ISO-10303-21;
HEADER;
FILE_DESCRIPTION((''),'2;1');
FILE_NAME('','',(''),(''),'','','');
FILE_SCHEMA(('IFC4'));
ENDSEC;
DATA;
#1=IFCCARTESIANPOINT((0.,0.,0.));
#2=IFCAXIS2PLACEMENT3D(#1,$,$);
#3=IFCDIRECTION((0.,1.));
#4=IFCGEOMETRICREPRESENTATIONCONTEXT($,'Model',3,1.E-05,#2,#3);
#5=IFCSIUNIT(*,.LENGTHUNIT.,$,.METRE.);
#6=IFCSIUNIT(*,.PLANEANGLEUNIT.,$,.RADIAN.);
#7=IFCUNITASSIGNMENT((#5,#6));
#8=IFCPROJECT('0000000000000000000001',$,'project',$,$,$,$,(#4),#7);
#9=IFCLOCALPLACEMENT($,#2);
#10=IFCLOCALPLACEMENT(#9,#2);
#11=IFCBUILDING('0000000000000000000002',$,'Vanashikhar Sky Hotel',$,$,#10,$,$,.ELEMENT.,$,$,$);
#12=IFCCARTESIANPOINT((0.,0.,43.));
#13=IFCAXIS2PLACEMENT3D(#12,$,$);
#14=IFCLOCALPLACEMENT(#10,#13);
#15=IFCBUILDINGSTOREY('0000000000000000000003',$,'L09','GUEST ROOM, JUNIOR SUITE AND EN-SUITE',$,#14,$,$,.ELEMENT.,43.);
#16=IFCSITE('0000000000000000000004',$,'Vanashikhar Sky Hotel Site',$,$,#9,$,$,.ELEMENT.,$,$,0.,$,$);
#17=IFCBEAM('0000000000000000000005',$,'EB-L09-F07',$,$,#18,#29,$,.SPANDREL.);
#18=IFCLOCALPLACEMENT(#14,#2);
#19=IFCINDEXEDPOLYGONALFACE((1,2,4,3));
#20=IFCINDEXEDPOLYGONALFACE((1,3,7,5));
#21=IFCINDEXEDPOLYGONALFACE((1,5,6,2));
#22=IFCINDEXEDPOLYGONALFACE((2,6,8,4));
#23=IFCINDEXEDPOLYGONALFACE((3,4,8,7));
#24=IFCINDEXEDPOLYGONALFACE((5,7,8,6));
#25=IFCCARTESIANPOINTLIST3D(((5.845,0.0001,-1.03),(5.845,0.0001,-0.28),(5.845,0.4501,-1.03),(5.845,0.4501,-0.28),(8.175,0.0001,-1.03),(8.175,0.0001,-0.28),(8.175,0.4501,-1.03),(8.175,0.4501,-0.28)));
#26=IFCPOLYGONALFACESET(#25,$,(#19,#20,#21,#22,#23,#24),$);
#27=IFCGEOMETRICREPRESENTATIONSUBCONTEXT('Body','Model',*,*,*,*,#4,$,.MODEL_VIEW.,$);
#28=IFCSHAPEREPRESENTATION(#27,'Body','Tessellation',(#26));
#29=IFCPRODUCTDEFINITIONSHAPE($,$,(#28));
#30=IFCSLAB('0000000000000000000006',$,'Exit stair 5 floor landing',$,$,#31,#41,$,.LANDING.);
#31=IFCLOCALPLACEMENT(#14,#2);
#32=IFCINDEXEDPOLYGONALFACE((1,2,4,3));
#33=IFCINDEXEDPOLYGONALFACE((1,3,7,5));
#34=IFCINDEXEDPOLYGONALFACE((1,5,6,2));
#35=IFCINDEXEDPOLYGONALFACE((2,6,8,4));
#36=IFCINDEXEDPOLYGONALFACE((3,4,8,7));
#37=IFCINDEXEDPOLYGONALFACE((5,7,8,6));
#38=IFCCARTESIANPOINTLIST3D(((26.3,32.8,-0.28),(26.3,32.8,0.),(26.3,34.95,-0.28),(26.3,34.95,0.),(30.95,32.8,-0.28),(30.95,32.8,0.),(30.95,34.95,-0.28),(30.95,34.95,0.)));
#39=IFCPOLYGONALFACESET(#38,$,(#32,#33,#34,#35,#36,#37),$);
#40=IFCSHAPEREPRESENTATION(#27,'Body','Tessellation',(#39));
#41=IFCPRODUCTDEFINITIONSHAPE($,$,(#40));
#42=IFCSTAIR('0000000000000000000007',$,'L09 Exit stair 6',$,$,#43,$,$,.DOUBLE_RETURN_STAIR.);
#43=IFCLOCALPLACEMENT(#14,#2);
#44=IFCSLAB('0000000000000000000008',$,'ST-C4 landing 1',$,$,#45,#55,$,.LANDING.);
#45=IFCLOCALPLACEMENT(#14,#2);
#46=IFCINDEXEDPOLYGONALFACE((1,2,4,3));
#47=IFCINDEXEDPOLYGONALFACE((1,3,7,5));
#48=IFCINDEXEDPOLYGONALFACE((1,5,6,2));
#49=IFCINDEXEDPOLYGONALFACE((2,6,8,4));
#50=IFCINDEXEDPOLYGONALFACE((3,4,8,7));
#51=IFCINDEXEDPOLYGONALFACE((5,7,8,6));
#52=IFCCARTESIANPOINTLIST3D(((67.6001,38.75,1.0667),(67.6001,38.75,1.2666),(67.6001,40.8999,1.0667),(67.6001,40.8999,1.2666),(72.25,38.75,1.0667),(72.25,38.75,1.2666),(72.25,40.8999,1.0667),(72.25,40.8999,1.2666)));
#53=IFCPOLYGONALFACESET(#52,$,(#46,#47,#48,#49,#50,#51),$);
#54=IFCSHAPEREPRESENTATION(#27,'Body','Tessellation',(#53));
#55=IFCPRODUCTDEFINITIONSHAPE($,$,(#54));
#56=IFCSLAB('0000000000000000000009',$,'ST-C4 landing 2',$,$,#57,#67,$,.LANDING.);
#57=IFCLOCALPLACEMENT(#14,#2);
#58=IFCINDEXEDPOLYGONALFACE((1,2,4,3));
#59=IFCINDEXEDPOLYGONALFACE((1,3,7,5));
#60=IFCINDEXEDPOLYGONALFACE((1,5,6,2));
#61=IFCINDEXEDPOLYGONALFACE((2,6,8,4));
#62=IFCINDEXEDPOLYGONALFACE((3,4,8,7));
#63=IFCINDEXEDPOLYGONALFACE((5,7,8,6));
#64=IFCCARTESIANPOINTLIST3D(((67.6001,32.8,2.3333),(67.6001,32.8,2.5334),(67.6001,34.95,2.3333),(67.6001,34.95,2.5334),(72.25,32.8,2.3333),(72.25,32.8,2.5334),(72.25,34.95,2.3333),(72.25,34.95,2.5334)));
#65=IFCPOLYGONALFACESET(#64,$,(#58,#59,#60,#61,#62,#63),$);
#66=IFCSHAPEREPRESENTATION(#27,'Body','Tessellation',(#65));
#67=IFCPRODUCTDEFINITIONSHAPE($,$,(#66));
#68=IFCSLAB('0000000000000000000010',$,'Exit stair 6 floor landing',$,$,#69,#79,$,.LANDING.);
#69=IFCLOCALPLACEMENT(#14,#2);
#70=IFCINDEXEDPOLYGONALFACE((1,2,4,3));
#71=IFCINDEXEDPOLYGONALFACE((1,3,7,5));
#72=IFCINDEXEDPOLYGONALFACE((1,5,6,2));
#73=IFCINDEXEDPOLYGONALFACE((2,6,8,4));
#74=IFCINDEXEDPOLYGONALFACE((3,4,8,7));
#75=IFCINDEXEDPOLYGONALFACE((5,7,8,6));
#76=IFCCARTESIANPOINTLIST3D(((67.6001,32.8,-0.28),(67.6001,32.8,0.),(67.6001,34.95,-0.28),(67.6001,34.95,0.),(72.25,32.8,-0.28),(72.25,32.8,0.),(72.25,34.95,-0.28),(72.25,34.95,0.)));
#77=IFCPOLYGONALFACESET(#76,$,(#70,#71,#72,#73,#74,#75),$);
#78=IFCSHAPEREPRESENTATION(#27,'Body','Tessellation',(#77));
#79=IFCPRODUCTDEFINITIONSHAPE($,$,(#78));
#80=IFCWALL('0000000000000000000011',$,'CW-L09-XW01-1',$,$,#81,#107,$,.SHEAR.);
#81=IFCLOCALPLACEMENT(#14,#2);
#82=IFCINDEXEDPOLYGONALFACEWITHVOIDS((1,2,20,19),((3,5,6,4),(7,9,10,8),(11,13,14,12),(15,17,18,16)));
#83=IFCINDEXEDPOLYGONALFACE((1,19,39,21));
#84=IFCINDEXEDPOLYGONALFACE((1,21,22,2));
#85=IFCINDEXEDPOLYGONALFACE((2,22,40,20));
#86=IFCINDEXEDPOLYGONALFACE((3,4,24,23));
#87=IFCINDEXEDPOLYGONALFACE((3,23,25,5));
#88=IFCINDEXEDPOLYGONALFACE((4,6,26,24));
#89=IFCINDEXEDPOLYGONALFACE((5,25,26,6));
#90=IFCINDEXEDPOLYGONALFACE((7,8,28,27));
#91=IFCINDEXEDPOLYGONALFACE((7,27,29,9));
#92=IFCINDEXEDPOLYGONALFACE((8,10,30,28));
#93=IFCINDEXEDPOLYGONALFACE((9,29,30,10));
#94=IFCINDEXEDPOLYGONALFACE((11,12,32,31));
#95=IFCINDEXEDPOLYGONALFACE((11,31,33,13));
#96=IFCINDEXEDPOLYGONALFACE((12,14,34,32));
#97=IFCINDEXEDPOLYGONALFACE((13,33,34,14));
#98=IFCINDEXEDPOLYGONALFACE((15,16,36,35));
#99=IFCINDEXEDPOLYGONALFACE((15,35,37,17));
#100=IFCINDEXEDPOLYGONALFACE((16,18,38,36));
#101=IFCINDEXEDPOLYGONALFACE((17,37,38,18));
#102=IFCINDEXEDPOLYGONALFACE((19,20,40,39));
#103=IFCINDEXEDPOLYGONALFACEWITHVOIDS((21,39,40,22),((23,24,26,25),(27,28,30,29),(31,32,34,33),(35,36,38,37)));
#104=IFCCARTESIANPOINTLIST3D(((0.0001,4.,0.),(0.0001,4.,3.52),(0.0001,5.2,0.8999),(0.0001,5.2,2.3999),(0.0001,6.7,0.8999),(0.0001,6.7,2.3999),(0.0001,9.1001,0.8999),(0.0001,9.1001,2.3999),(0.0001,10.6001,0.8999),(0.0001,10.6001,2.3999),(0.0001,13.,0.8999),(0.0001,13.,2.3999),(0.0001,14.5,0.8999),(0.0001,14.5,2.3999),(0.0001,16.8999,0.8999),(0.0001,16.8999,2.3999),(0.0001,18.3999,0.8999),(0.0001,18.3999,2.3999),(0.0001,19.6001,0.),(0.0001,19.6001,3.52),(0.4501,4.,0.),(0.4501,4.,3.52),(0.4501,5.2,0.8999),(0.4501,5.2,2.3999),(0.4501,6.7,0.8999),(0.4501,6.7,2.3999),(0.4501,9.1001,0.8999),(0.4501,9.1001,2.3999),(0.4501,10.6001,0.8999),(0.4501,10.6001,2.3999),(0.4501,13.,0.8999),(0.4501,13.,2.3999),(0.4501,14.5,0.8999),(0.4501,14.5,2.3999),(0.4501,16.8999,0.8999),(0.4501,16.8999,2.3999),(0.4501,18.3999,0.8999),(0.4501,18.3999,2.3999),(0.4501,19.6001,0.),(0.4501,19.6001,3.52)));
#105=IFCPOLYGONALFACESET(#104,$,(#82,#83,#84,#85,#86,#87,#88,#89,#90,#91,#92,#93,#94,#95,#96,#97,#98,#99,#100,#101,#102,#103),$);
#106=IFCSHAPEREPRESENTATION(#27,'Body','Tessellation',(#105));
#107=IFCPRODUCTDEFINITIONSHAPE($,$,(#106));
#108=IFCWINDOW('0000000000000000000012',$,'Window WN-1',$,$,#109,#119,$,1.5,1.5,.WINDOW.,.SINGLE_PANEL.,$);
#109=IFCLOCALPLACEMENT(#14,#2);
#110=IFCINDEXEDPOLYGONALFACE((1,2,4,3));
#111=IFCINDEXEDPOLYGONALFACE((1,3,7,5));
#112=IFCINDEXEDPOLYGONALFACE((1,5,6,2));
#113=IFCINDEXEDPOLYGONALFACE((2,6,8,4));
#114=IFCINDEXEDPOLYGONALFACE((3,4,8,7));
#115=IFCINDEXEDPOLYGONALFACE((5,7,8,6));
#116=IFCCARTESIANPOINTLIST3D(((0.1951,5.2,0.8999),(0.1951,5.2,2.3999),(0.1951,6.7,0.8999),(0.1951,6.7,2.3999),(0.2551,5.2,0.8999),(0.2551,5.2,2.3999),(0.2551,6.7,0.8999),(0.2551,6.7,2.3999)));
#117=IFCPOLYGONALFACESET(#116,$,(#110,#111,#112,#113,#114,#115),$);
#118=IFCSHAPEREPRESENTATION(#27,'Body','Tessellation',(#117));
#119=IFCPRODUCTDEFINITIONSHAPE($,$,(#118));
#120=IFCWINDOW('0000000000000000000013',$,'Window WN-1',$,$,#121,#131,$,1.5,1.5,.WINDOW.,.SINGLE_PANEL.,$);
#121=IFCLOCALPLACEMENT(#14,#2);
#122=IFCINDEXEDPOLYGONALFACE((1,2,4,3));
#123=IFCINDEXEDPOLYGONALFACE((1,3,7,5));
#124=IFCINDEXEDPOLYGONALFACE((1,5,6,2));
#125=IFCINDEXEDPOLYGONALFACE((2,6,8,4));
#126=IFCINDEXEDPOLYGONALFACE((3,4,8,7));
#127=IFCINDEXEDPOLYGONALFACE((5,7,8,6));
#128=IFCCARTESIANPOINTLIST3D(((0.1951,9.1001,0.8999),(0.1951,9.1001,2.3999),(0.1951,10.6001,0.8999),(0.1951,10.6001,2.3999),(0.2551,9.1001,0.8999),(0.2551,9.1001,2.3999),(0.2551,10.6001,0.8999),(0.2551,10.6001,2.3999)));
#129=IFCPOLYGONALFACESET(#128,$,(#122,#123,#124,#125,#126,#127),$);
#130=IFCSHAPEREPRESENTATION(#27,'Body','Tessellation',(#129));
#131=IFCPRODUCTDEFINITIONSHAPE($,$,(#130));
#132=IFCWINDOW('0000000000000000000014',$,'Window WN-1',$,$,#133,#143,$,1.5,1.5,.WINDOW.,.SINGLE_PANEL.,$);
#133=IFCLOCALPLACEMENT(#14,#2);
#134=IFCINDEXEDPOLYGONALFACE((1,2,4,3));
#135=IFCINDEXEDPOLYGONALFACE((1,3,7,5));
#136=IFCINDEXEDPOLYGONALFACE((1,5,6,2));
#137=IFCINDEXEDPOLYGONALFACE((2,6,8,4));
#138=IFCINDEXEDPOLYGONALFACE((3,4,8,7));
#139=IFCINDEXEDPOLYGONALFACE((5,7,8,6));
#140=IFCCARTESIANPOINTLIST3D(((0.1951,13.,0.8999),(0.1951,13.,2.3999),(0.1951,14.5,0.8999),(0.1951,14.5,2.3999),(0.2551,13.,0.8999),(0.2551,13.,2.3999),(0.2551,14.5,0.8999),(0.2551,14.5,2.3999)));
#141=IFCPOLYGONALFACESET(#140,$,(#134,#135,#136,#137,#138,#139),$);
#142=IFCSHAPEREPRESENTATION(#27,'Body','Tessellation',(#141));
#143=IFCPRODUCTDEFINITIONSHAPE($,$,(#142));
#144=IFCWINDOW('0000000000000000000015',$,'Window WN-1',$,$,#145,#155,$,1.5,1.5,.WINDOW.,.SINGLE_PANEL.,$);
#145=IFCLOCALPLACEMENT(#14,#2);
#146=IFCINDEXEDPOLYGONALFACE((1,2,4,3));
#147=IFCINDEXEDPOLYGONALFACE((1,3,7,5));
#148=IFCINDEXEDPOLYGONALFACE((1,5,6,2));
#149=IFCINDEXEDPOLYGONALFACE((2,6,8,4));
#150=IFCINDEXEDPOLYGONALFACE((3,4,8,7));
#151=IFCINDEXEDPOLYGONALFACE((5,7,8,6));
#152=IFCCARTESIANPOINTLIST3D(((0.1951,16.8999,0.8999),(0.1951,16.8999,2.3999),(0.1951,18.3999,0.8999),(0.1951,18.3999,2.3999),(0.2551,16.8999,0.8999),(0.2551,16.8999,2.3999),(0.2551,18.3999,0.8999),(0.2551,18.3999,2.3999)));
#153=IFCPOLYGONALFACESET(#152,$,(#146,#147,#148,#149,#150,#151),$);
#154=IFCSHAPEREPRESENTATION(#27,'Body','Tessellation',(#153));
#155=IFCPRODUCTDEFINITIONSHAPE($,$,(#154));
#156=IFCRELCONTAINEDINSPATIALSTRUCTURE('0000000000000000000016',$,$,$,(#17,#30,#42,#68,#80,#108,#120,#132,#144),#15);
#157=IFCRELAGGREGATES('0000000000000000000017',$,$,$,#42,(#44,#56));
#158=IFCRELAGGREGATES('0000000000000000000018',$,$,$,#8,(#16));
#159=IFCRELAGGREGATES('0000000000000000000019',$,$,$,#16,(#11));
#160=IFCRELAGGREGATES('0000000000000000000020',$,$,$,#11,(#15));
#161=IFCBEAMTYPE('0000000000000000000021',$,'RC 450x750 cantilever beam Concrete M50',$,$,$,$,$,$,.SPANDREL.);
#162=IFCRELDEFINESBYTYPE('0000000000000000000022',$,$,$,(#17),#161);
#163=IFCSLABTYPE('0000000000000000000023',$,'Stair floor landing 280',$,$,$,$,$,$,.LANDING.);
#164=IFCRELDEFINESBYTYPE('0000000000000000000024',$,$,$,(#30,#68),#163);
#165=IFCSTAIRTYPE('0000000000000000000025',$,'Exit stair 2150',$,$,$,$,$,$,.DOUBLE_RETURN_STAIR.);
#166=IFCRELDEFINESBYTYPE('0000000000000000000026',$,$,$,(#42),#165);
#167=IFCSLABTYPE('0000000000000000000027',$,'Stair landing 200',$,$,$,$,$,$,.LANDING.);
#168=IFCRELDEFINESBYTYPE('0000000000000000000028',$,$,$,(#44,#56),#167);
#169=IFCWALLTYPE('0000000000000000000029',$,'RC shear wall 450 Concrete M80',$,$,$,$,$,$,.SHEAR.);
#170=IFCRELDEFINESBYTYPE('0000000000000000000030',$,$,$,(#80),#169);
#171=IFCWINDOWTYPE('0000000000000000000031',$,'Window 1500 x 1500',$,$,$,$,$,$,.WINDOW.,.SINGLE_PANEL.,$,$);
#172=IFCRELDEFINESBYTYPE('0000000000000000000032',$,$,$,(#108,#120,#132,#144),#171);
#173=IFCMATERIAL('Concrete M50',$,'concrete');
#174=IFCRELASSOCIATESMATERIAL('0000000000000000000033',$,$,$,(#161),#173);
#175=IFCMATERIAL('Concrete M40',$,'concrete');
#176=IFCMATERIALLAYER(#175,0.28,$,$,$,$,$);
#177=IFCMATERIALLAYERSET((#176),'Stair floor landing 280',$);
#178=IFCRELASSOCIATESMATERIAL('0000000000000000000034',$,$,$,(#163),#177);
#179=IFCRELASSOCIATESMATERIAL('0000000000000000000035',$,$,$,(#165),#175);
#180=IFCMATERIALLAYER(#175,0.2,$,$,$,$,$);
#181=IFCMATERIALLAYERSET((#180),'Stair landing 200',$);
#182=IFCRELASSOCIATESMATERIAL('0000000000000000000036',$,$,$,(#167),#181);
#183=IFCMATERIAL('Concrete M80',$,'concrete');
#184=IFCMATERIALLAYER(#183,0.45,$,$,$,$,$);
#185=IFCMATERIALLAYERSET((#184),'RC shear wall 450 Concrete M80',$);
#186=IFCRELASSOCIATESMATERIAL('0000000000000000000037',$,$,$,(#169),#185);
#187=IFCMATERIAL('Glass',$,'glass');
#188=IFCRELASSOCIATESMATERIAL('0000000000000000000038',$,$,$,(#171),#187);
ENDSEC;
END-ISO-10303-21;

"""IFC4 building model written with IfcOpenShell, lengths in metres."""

from ifc_helpers import new_model, si_unit, direction, frame, frame_2d, origin, origin_2d, place, context, subcontext, project, spatial, polyline, rectangle, outline, extrude, source, transform, mapped, material, layer, layer_set, material_profile, profile_set, type_object, element, fill, aggregate, save


model = new_model("IFC4")

# Units and contexts
model_context = context("Model", 3, precision=1e-05, world=origin(), true_north=direction((0.0, 1.0)))
body_context = subcontext(model_context, "Body", "Model", "MODEL_VIEW")
ifc_project = project(units=[si_unit("LENGTHUNIT", "METRE"), si_unit("PLANEANGLEUNIT", "RADIAN")], contexts=[model_context])

# Site, building, storey
site_placement = place(None, origin())
site = spatial("IfcSite", under=ifc_project, at=site_placement, Name="Vanashikhar Sky Hotel Site", CompositionType="ELEMENT", RefElevation=0.0)
building_placement = place(site_placement, origin())
building = spatial("IfcBuilding", under=site, at=building_placement, Name="Vanashikhar Sky Hotel", CompositionType="ELEMENT")
storey_placement = place(building_placement, frame((0.0, 0.0, 43.0)))
storey = spatial("IfcBuildingStorey", under=building, at=storey_placement, Name="L09", Description="GUEST ROOM, JUNIOR SUITE AND EN-SUITE", CompositionType="ELEMENT", Elevation=43.0)

# Beam
ifc_material_1 = material(Name="Concrete M50", Category="concrete")
ifc_material_profile = material_profile(ifc_material_1, rectangle(XDim=0.45, YDim=0.75, at=origin_2d()))
ifc_profile_set = profile_set([ifc_material_profile], Name="RC 450x750 cantilever beam Concrete M50")
beam_type = type_object("IfcBeamType", Name="RC 450x750 cantilever beam Concrete M50", PredefinedType="SPANDREL", material=ifc_profile_set)
shared_shape_1 = source(origin(), body_context, "Body", "SweptSolid", [
    extrude(rectangle(XDim=0.45, YDim=0.75, at=origin_2d()), origin(), (0.0, 0.0, 1.0), 2.3301),
])
beam_placement = place(storey_placement, frame((5.845, 0.2251, -0.655), z_axis=(1.0, 0.0, 0.0), x_axis=(0.0, 1.0, 0.0)))
element("IfcBeam", 1, at=beam_placement, inside=storey, type_object=beam_type, Name="EB-L09-F07", PredefinedType="SPANDREL", context=body_context, shape_type="MappedRepresentation", body=[
    mapped(shared_shape_1, transform((0.0, 0.0, 0.0), scale=1.0)),
])

# Slab
ifc_material_2 = material(Name="Concrete M40", Category="concrete")
ifc_layer_1 = layer(ifc_material_2, 0.28)
ifc_layer_set_1 = layer_set([ifc_layer_1], Name="Stair floor landing 280")
slab_type_1 = type_object("IfcSlabType", Name="Stair floor landing 280", PredefinedType="LANDING", material=ifc_layer_set_1)
shared_shape_2 = source(origin(), body_context, "Body", "SweptSolid", [
    extrude(outline(polyline([(30.95, 32.8), (30.95, 34.95), (26.3, 34.95), (26.3, 32.8), (30.95, 32.8)])), origin(), (0.0, 0.0, 1.0), 0.28),
])
slab_1_placement = place(storey_placement, frame((0.0, 0.0, -0.28)))
element("IfcSlab", 2, at=slab_1_placement, inside=storey, type_object=slab_type_1, Name="Exit stair 5 floor landing", PredefinedType="LANDING", context=body_context, shape_type="MappedRepresentation", body=[
    mapped(shared_shape_2, transform((0.0, 0.0, 0.0), scale=1.0)),
])

# Stair, slabs
stair_type = type_object("IfcStairType", Name="Exit stair 2150", PredefinedType="DOUBLE_RETURN_STAIR", material=ifc_material_2)
stair_placement = place(storey_placement, origin())
stair = element("IfcStair", 3, at=stair_placement, inside=storey, type_object=stair_type, Name="L09 Exit stair 6", PredefinedType="DOUBLE_RETURN_STAIR")
ifc_layer_2 = layer(ifc_material_2, 0.2)
ifc_layer_set_2 = layer_set([ifc_layer_2], Name="Stair landing 200")
slab_type_2 = type_object("IfcSlabType", Name="Stair landing 200", PredefinedType="LANDING", material=ifc_layer_set_2)
shared_shape_3 = source(origin(), body_context, "Body", "SweptSolid", [
    extrude(outline(polyline([(72.25, 38.75), (72.25, 40.8999), (67.6001, 40.8999), (67.6001, 38.75), (72.25, 38.75)])), origin(), (0.0, 0.0, 1.0), 0.2),
])
slab_2_placement = place(storey_placement, frame((0.0, 0.0, 1.0667)))
slab_2 = element("IfcSlab", 4, at=slab_2_placement, type_object=slab_type_2, Name="ST-C4 landing 1", PredefinedType="LANDING", context=body_context, shape_type="MappedRepresentation", body=[
    mapped(shared_shape_3, transform((0.0, 0.0, 0.0), scale=1.0)),
])
shared_shape_4 = source(origin(), body_context, "Body", "SweptSolid", [
    extrude(outline(polyline([(72.25, 32.8), (72.25, 34.95), (67.6001, 34.95), (67.6001, 32.8), (72.25, 32.8)])), origin(), (0.0, 0.0, 1.0), 0.2002),
])
slab_3_placement = place(storey_placement, frame((0.0, 0.0, 2.3333)))
slab_3 = element("IfcSlab", 5, at=slab_3_placement, type_object=slab_type_2, Name="ST-C4 landing 2", PredefinedType="LANDING", context=body_context, shape_type="MappedRepresentation", body=[
    mapped(shared_shape_4, transform((0.0, 0.0, 0.0), scale=1.0)),
])
aggregate(stair, [slab_2, slab_3])

# Slab
shared_shape_5 = source(origin(), body_context, "Body", "SweptSolid", [
    extrude(outline(polyline([(72.25, 32.8), (72.25, 34.95), (67.6001, 34.95), (67.6001, 32.8), (72.25, 32.8)])), origin(), (0.0, 0.0, 1.0), 0.28),
])
slab_4_placement = place(storey_placement, frame((0.0, 0.0, -0.28)))
element("IfcSlab", 6, at=slab_4_placement, inside=storey, type_object=slab_type_1, Name="Exit stair 6 floor landing", PredefinedType="LANDING", context=body_context, shape_type="MappedRepresentation", body=[
    mapped(shared_shape_5, transform((0.0, 0.0, 0.0), scale=1.0)),
])

# Wall, openings, windows
ifc_material_3 = material(Name="Concrete M80", Category="concrete")
ifc_layer_3 = layer(ifc_material_3, 0.45)
ifc_layer_set_3 = layer_set([ifc_layer_3], Name="RC shear wall 450 Concrete M80")
wall_type_1 = type_object("IfcWallType", Name="RC shear wall 450 Concrete M80", PredefinedType="SHEAR", material=ifc_layer_set_3)
shared_shape_6 = source(origin(), body_context, "Body", "SweptSolid", [
    extrude(rectangle(XDim=15.6001, YDim=0.45, at=frame_2d((7.8, 0.0))), origin(), (0.0, 0.0, 1.0), 3.52),
])
wall_1_placement = place(storey_placement, frame((0.2251, 4.0, 0.0), z_axis=(0.0, 0.0, 1.0), x_axis=(0.0, 1.0, 0.0)))
wall_1 = element("IfcWall", 7, at=wall_1_placement, inside=storey, type_object=wall_type_1, Name="CW-L09-XW01-1", PredefinedType="SHEAR", context=body_context, shape_type="MappedRepresentation", body=[
    mapped(shared_shape_6, transform((0.0, 0.0, 0.0), scale=1.0)),
])
shared_shape_7 = source(origin(), body_context, "Body", "SweptSolid", [
    extrude(rectangle(XDim=1.5, YDim=1.5, at=frame_2d((0.75, 0.75))), frame((0.0, 0.2349, 0.0), z_axis=(0.0, -1.0, 0.0), x_axis=(1.0, 0.0, 0.0)), (0.0, 0.0, 1.0), 0.47),
])
opening_1_placement = place(wall_1_placement, frame((1.2, 0.0, 0.8999)))
opening_1 = element("IfcOpeningElement", 8, at=opening_1_placement, cuts=wall_1, PredefinedType="OPENING", context=body_context, shape_type="MappedRepresentation", body=[
    mapped(shared_shape_7, transform((0.0, 0.0, 0.0), scale=1.0)),
])
opening_2_placement = place(wall_1_placement, frame((5.1001, 0.0, 0.8999)))
opening_2 = element("IfcOpeningElement", 9, at=opening_2_placement, cuts=wall_1, PredefinedType="OPENING", context=body_context, shape_type="MappedRepresentation", body=[
    mapped(shared_shape_7, transform((0.0, 0.0, 0.0), scale=1.0)),
])
opening_3_placement = place(wall_1_placement, frame((9.0, 0.0, 0.8999)))
opening_3 = element("IfcOpeningElement", 10, at=opening_3_placement, cuts=wall_1, PredefinedType="OPENING", context=body_context, shape_type="MappedRepresentation", body=[
    mapped(shared_shape_7, transform((0.0, 0.0, 0.0), scale=1.0)),
])
opening_4_placement = place(wall_1_placement, frame((12.8999, 0.0, 0.8999)))
opening_4 = element("IfcOpeningElement", 11, at=opening_4_placement, cuts=wall_1, PredefinedType="OPENING", context=body_context, shape_type="MappedRepresentation", body=[
    mapped(shared_shape_7, transform((0.0, 0.0, 0.0), scale=1.0)),
])
ifc_material_4 = material(Name="Glass", Category="glass")
window_type_1 = type_object("IfcWindowType", Name="Window 1500 x 1500", PartitioningType="SINGLE_PANEL", PredefinedType="WINDOW", material=ifc_material_4)
shared_shape_8 = source(origin(), body_context, "Body", "SweptSolid", [
    extrude(rectangle(XDim=1.5, YDim=1.5, at=frame_2d((0.75, 0.75))), frame((0.0, 0.03, 0.0), z_axis=(0.0, -1.0, 0.0), x_axis=(1.0, 0.0, 0.0)), (0.0, 0.0, 1.0), 0.0601),
])
window_1_placement = place(opening_1_placement, origin())
window_1 = element("IfcWindow", 12, at=window_1_placement, inside=storey, type_object=window_type_1, Name="Window WN-1", OverallHeight=1.5, OverallWidth=1.5, PartitioningType="SINGLE_PANEL", PredefinedType="WINDOW", context=body_context, shape_type="MappedRepresentation", body=[
    mapped(shared_shape_8, transform((0.0, 0.0, 0.0), scale=1.0)),
])
fill(opening_1, window_1)
window_2_placement = place(opening_2_placement, origin())
window_2 = element("IfcWindow", 13, at=window_2_placement, inside=storey, type_object=window_type_1, Name="Window WN-1", OverallHeight=1.5, OverallWidth=1.5, PartitioningType="SINGLE_PANEL", PredefinedType="WINDOW", context=body_context, shape_type="MappedRepresentation", body=[
    mapped(shared_shape_8, transform((0.0, 0.0, 0.0), scale=1.0)),
])
fill(opening_2, window_2)
window_3_placement = place(opening_3_placement, origin())
window_3 = element("IfcWindow", 14, at=window_3_placement, inside=storey, type_object=window_type_1, Name="Window WN-1", OverallHeight=1.5, OverallWidth=1.5, PartitioningType="SINGLE_PANEL", PredefinedType="WINDOW", context=body_context, shape_type="MappedRepresentation", body=[
    mapped(shared_shape_8, transform((0.0, 0.0, 0.0), scale=1.0)),
])
fill(opening_3, window_3)
window_4_placement = place(opening_4_placement, origin())
window_4 = element("IfcWindow", 15, at=window_4_placement, inside=storey, type_object=window_type_1, Name="Window WN-1", OverallHeight=1.5, OverallWidth=1.5, PartitioningType="SINGLE_PANEL", PredefinedType="WINDOW", context=body_context, shape_type="MappedRepresentation", body=[
    mapped(shared_shape_8, transform((0.0, 0.0, 0.0), scale=1.0)),
])
fill(opening_4, window_4)

save(model, "model.ifc")
